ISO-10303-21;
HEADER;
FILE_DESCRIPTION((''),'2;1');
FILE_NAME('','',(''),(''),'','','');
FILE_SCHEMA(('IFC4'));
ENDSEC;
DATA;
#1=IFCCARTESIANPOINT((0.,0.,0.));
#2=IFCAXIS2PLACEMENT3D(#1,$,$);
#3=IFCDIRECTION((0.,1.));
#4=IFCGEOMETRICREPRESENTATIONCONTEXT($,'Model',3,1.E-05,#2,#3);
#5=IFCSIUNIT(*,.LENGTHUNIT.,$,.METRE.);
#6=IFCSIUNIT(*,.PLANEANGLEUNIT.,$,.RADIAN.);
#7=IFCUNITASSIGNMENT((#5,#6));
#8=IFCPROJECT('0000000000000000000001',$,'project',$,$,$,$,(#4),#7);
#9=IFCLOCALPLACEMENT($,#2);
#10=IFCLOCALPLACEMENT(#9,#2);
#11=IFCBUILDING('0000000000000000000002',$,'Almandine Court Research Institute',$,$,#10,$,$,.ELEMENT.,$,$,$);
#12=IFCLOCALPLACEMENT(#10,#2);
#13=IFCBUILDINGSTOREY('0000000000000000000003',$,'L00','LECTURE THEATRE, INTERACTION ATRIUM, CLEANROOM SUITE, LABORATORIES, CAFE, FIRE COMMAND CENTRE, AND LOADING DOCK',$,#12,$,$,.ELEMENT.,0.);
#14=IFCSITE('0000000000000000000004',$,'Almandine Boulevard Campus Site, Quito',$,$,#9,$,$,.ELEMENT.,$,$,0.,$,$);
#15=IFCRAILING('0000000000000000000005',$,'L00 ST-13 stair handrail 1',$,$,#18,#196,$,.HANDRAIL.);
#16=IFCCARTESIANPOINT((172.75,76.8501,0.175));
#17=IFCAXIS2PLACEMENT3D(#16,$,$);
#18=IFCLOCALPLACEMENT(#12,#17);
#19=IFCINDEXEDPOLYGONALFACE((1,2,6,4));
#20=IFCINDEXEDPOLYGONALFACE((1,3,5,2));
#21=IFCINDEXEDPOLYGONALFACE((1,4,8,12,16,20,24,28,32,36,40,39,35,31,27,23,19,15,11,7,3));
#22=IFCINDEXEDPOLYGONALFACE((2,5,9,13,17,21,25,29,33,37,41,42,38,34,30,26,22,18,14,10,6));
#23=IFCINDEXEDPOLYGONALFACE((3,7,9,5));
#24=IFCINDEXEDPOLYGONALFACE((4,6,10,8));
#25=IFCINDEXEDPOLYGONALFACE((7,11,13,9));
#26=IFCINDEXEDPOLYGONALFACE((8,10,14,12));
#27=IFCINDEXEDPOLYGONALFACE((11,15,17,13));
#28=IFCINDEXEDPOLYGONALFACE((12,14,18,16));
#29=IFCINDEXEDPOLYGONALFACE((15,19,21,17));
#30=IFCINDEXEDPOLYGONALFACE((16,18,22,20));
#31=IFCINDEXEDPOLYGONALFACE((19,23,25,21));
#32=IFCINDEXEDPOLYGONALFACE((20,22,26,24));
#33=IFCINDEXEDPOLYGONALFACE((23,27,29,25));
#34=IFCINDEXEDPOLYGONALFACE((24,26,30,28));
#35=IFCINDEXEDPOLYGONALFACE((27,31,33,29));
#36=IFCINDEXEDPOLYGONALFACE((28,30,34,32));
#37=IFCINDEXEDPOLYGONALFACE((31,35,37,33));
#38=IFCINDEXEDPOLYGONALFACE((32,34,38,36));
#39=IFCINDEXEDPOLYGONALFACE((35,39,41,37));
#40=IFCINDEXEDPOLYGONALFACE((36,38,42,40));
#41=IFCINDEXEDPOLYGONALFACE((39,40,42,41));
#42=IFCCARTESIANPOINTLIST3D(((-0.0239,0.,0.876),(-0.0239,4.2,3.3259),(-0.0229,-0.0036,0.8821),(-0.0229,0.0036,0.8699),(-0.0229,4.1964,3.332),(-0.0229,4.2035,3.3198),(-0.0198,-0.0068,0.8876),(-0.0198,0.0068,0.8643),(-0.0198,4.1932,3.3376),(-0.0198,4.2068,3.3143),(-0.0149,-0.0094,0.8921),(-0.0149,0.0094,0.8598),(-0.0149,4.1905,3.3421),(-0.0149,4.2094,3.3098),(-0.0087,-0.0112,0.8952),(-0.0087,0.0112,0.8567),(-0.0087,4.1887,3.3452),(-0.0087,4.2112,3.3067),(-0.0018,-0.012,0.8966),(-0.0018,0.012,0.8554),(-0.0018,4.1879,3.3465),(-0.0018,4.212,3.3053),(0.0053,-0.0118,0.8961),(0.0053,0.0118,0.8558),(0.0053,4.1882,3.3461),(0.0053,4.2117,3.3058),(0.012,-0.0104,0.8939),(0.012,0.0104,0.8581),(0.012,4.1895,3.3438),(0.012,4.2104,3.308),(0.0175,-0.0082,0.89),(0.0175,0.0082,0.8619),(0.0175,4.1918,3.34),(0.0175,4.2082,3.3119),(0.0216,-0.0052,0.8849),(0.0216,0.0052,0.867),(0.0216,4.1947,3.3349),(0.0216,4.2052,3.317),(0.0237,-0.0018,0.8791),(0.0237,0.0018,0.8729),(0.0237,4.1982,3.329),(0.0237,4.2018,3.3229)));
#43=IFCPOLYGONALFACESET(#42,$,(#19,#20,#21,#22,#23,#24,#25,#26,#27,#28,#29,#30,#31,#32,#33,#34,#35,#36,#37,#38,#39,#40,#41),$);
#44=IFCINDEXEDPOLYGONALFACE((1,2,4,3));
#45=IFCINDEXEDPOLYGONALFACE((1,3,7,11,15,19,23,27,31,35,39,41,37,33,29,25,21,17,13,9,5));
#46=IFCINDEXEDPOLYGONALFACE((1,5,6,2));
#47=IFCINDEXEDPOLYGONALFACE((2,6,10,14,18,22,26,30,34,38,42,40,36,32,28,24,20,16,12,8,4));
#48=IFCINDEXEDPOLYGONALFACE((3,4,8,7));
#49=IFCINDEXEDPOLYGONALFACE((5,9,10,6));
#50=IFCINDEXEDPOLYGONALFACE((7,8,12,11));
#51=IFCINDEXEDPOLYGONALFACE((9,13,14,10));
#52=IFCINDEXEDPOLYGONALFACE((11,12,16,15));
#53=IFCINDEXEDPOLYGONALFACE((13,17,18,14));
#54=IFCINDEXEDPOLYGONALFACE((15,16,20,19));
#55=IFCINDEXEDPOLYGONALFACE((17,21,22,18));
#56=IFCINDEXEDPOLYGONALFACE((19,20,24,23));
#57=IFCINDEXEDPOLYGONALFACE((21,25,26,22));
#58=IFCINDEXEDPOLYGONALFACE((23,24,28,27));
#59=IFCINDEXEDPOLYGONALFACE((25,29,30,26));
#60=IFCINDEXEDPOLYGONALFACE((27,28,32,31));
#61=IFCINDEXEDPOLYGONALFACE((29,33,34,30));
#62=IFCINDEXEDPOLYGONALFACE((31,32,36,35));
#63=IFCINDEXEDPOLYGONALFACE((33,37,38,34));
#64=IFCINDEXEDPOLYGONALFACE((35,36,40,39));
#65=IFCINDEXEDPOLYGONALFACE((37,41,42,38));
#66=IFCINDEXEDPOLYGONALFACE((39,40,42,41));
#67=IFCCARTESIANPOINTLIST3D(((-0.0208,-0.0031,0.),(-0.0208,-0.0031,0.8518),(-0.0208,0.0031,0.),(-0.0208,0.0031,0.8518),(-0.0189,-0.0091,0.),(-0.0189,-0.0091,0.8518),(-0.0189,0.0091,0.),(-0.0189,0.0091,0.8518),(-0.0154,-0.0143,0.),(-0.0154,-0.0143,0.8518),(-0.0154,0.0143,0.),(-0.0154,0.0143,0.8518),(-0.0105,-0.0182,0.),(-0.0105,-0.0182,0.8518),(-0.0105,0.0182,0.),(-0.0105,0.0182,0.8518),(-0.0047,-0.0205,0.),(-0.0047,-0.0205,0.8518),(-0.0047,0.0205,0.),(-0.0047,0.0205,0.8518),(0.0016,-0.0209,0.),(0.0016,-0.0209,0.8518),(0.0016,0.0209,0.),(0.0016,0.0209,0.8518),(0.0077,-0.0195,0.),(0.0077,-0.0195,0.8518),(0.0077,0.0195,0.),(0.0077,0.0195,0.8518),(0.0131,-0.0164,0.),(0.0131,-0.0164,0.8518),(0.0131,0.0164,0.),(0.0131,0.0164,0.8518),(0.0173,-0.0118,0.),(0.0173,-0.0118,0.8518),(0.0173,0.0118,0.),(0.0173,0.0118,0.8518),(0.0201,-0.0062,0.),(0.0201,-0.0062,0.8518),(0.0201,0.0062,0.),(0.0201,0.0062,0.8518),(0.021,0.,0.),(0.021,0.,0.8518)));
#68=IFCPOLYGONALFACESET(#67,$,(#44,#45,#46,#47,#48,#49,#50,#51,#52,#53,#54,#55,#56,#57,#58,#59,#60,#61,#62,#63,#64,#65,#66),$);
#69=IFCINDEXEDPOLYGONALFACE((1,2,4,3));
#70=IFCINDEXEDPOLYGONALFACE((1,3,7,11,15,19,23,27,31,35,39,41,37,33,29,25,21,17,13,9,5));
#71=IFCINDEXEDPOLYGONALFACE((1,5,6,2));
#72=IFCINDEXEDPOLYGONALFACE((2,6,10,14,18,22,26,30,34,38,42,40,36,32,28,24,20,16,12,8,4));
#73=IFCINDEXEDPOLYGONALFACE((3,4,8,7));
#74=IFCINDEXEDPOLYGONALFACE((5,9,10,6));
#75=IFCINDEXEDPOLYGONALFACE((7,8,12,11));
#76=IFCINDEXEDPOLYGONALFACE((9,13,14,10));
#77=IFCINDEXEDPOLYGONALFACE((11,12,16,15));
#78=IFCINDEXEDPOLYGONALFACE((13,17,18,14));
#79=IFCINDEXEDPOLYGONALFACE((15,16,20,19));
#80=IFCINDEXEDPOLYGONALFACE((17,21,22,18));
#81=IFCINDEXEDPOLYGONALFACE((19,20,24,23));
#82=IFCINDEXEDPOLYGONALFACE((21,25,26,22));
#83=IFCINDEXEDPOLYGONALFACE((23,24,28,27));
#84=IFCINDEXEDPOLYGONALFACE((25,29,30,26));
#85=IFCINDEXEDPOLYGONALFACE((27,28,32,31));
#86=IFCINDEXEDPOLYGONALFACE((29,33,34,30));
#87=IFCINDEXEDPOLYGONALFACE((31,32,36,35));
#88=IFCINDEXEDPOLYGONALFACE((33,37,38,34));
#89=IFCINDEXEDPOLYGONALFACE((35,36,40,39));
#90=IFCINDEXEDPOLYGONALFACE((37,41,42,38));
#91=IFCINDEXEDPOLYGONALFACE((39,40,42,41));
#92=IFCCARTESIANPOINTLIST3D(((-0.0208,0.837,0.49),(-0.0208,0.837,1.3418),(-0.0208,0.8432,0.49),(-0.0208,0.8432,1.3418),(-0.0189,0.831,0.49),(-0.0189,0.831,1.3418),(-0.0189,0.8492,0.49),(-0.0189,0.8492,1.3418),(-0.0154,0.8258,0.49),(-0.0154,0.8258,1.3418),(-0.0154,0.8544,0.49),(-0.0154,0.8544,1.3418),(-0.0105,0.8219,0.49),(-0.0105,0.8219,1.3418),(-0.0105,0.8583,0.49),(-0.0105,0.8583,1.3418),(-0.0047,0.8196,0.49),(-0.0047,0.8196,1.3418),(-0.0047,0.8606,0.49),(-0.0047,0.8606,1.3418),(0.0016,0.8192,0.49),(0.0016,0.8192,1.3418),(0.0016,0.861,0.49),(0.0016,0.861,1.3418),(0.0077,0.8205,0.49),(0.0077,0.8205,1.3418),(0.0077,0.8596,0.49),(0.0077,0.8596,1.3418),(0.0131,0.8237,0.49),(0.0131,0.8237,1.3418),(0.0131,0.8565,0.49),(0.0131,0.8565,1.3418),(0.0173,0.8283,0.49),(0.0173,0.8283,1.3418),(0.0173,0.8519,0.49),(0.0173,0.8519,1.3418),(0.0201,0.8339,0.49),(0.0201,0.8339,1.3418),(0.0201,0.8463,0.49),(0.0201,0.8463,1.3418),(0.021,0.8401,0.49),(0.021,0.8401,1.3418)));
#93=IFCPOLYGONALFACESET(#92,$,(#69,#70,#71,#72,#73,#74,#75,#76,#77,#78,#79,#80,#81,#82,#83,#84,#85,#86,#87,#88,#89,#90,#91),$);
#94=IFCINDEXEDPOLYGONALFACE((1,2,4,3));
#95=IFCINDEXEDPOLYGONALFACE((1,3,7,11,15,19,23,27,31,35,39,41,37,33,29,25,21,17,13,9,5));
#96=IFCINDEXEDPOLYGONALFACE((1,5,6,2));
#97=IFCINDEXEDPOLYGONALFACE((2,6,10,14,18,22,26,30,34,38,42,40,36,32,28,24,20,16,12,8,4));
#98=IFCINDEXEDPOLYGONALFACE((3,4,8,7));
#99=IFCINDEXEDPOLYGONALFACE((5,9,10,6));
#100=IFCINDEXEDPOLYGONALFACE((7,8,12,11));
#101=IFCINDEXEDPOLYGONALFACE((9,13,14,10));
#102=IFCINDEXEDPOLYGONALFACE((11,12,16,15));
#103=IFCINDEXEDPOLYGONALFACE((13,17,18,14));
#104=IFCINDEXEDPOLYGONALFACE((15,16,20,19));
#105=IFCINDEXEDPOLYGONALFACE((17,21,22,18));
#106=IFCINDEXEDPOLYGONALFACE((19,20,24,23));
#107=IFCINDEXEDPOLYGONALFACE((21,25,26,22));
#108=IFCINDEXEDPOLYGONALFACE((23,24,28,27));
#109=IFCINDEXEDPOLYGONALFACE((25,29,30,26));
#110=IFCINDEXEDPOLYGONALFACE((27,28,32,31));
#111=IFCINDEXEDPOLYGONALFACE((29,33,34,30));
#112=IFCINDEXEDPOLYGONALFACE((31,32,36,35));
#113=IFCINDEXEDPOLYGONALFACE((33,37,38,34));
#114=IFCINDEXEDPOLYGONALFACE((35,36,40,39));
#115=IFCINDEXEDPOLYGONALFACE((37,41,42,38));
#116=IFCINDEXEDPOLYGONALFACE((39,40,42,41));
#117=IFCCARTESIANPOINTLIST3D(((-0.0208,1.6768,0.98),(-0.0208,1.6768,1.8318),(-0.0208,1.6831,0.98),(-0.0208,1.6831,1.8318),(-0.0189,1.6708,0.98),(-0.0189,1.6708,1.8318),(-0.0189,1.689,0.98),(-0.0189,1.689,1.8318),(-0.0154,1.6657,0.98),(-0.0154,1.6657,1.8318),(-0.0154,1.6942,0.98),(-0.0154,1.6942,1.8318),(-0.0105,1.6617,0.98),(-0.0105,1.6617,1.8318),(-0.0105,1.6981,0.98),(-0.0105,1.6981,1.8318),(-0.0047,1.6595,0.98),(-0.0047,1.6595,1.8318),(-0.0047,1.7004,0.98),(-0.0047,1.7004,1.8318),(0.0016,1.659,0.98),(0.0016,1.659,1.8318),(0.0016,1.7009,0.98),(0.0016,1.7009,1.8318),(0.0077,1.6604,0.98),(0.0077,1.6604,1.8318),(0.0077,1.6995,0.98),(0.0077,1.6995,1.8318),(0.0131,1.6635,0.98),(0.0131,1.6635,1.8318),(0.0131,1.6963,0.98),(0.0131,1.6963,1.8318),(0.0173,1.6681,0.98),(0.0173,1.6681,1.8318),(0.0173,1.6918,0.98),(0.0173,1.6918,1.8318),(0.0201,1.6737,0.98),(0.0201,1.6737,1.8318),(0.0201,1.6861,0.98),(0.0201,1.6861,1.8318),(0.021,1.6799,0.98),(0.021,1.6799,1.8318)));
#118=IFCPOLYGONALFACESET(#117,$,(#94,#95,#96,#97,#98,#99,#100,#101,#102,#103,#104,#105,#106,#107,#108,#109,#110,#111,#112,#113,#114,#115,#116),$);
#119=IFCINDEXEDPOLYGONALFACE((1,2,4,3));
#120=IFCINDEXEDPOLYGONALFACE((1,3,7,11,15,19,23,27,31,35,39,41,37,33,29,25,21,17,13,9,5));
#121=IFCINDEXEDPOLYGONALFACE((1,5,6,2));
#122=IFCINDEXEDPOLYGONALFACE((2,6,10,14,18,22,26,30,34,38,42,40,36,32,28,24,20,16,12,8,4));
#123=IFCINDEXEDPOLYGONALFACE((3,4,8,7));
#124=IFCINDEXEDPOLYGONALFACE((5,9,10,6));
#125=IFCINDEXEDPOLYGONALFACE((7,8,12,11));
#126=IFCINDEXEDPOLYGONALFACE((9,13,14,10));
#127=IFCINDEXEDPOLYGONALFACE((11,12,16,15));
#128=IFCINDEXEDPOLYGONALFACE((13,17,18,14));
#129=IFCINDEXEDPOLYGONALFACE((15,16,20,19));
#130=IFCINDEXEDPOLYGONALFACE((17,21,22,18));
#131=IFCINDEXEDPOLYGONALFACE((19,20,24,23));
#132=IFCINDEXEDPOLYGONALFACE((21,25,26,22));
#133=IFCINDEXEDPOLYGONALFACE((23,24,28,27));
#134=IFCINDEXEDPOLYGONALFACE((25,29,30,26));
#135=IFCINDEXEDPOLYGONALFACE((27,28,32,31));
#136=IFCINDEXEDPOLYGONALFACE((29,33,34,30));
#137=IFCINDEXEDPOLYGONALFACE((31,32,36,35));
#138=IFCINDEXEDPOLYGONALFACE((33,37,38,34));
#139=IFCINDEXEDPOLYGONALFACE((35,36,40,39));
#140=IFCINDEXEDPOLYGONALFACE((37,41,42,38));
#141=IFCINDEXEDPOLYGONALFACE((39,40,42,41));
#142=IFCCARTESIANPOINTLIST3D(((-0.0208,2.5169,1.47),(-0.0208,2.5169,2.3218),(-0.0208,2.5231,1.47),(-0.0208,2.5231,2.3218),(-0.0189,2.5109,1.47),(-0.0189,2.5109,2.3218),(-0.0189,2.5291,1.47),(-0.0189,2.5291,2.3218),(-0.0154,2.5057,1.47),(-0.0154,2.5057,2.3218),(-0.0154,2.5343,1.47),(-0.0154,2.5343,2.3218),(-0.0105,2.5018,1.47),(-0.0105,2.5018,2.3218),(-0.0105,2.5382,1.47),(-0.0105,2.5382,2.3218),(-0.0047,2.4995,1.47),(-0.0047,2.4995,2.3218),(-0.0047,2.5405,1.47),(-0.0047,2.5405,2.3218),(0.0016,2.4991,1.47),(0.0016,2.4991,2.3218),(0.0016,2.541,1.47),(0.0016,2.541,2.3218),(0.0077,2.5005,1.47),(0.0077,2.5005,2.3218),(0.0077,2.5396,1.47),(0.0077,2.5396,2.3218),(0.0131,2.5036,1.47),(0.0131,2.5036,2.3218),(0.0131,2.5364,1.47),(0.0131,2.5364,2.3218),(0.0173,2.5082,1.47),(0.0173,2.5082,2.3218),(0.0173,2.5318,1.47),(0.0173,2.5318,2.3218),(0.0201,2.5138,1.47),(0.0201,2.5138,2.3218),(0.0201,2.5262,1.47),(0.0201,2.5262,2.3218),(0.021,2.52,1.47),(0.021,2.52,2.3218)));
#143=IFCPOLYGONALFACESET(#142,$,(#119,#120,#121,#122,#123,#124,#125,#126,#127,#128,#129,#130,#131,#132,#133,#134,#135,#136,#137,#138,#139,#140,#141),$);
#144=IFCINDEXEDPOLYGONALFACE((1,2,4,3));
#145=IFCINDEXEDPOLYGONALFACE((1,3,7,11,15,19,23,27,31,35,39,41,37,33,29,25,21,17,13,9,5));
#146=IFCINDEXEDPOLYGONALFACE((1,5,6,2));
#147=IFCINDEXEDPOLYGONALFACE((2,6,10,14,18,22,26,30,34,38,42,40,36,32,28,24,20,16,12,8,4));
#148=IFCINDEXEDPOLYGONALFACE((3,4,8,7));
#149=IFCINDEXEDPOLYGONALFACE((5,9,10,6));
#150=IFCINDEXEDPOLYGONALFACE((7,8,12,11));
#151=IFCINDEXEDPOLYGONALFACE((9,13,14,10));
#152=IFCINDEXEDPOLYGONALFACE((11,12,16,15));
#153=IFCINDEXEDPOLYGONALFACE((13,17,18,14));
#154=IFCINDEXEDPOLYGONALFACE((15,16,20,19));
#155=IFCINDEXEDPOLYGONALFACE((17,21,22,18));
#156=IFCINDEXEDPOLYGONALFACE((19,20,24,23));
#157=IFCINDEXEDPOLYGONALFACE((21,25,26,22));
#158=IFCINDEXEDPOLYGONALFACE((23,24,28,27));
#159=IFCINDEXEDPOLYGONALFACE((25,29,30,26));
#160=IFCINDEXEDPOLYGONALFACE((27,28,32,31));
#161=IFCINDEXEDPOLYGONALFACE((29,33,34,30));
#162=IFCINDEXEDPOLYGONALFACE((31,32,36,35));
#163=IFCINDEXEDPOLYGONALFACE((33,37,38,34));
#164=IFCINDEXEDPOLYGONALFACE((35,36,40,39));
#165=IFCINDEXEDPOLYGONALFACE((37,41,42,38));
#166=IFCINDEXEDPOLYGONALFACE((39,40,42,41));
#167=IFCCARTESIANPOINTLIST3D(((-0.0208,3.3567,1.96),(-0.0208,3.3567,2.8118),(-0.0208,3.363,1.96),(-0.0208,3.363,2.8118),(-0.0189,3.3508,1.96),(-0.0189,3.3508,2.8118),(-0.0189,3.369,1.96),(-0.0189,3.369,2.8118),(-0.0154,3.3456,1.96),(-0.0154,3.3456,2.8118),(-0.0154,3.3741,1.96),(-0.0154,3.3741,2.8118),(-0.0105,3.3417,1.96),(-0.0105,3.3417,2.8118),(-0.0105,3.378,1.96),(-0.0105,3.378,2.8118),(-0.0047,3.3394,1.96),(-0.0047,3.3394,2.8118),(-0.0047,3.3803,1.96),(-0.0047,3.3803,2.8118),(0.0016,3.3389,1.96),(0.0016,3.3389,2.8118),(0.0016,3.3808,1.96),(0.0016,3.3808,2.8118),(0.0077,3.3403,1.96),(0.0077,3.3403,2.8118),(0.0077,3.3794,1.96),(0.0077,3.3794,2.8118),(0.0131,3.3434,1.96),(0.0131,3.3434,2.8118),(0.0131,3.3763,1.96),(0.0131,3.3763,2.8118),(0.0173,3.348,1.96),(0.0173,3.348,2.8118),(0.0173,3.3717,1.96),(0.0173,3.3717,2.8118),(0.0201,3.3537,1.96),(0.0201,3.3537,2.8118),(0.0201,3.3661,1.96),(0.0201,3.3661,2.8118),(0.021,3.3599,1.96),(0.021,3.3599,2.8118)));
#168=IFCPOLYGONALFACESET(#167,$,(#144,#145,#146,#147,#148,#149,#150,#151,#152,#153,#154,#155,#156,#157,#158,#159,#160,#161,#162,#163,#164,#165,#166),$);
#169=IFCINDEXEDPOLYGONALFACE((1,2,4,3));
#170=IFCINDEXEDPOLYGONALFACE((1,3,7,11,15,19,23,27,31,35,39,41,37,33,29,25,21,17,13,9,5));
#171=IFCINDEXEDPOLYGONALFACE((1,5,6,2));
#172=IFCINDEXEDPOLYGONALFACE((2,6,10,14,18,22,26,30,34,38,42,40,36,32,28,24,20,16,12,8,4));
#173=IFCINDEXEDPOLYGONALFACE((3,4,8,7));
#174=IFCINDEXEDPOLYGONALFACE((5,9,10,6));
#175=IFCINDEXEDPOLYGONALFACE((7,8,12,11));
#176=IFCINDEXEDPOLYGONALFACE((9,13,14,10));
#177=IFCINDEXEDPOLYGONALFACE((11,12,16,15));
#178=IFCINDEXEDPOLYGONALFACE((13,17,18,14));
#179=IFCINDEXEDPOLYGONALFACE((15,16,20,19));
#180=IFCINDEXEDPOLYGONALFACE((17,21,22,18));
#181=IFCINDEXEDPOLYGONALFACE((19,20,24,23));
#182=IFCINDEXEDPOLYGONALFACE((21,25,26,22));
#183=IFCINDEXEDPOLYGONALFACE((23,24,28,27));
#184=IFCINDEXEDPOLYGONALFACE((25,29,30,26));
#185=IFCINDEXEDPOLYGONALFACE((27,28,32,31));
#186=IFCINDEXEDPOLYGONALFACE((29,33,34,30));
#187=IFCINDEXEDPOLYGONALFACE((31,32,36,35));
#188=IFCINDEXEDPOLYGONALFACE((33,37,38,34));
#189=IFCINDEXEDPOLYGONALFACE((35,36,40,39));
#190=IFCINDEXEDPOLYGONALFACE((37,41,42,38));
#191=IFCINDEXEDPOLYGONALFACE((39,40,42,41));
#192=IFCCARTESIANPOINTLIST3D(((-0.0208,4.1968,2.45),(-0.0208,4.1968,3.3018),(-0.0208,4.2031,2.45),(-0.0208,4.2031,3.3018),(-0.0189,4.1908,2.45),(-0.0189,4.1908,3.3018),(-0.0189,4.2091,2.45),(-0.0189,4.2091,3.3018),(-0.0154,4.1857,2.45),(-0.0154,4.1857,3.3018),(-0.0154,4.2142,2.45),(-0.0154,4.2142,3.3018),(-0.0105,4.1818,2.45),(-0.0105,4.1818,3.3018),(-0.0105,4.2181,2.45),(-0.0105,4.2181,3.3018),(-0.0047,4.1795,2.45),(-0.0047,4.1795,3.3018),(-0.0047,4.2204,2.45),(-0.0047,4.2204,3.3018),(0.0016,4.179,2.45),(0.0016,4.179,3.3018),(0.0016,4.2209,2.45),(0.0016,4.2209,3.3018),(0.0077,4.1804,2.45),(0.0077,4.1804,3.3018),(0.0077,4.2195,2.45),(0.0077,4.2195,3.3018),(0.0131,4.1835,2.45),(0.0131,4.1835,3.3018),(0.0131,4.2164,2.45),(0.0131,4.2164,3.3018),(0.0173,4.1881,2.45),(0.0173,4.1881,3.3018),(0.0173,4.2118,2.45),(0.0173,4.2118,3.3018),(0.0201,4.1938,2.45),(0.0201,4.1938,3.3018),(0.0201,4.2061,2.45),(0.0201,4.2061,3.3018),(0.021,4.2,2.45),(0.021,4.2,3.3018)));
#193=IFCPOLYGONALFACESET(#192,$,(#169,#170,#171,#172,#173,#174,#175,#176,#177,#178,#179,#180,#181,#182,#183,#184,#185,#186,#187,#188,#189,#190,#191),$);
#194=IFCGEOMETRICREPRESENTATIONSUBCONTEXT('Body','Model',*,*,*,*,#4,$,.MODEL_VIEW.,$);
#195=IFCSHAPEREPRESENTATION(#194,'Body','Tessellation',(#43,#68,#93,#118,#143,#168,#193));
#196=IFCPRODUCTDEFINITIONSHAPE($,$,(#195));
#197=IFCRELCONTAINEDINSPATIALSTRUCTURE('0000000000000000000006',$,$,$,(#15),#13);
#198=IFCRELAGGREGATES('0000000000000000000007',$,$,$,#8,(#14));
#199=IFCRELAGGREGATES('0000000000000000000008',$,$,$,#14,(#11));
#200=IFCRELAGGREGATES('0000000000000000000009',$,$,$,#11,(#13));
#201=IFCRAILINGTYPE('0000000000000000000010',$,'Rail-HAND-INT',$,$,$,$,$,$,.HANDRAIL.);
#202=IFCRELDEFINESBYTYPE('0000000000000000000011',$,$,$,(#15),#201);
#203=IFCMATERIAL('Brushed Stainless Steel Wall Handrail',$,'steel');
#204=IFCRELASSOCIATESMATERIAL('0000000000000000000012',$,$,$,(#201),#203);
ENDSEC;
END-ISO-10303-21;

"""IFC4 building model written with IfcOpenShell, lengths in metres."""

from ifc_helpers import new_model, si_unit, direction, frame, origin, origin_2d, place, context, subcontext, project, spatial, circle, extrude, material, type_object, element, save


model = new_model("IFC4")

# Units and contexts
model_context = context("Model", 3, precision=1e-05, world=origin(), true_north=direction((0.0, 1.0)))
body_context = subcontext(model_context, "Body", "Model", "MODEL_VIEW")
ifc_project = project(units=[si_unit("LENGTHUNIT", "METRE"), si_unit("PLANEANGLEUNIT", "RADIAN")], contexts=[model_context])

# Site, building, storey
site_placement = place(None, origin())
site = spatial("IfcSite", under=ifc_project, at=site_placement, Name="Almandine Boulevard Campus Site, Quito", CompositionType="ELEMENT", RefElevation=0.0)
building_placement = place(site_placement, origin())
building = spatial("IfcBuilding", under=site, at=building_placement, Name="Almandine Court Research Institute", CompositionType="ELEMENT")
storey_placement = place(building_placement, origin())
storey = spatial("IfcBuildingStorey", under=building, at=storey_placement, Name="L00", Description="LECTURE THEATRE, INTERACTION ATRIUM, CLEANROOM SUITE, LABORATORIES, CAFE, FIRE COMMAND CENTRE, AND LOADING DOCK", CompositionType="ELEMENT", Elevation=0.0)

# Railing
ifc_material_1 = material(Name="Brushed Stainless Steel Wall Handrail", Category="steel")
railing_type_1 = type_object("IfcRailingType", Name="Rail-HAND-INT", PredefinedType="HANDRAIL", material=ifc_material_1)
railing_1_placement = place(storey_placement, frame((172.75, 76.8501, 0.175)))
element("IfcRailing", 1, at=railing_1_placement, inside=storey, type_object=railing_type_1, Name="L00 ST-13 stair handrail 1", PredefinedType="HANDRAIL", context=body_context, shape_type="SweptSolid", body=[
    extrude(circle(Radius=0.0239, at=origin_2d()), frame((0.0, 0.0, 0.876), z_axis=(0.0, 0.863781, 0.503868), x_axis=(-1.0, 0.0, 0.0)), (0.0, 0.0, 1.0), 4.8623),
    extrude(circle(Radius=0.021, at=origin_2d()), origin(), (0.0, 0.0, 1.0), 0.8518),
    extrude(circle(Radius=0.021, at=origin_2d()), frame((0.0, 0.8401, 0.49)), (0.0, 0.0, 1.0), 0.8518),
    extrude(circle(Radius=0.021, at=origin_2d()), frame((0.0, 1.6799, 0.98)), (0.0, 0.0, 1.0), 0.8518),
    extrude(circle(Radius=0.021, at=origin_2d()), frame((0.0, 2.52, 1.47)), (0.0, 0.0, 1.0), 0.8518),
    extrude(circle(Radius=0.021, at=origin_2d()), frame((0.0, 3.3599, 1.96)), (0.0, 0.0, 1.0), 0.8518),
    extrude(circle(Radius=0.021, at=origin_2d()), frame((0.0, 4.2, 2.45)), (0.0, 0.0, 1.0), 0.8518),
])

save(model, "model.ifc")
